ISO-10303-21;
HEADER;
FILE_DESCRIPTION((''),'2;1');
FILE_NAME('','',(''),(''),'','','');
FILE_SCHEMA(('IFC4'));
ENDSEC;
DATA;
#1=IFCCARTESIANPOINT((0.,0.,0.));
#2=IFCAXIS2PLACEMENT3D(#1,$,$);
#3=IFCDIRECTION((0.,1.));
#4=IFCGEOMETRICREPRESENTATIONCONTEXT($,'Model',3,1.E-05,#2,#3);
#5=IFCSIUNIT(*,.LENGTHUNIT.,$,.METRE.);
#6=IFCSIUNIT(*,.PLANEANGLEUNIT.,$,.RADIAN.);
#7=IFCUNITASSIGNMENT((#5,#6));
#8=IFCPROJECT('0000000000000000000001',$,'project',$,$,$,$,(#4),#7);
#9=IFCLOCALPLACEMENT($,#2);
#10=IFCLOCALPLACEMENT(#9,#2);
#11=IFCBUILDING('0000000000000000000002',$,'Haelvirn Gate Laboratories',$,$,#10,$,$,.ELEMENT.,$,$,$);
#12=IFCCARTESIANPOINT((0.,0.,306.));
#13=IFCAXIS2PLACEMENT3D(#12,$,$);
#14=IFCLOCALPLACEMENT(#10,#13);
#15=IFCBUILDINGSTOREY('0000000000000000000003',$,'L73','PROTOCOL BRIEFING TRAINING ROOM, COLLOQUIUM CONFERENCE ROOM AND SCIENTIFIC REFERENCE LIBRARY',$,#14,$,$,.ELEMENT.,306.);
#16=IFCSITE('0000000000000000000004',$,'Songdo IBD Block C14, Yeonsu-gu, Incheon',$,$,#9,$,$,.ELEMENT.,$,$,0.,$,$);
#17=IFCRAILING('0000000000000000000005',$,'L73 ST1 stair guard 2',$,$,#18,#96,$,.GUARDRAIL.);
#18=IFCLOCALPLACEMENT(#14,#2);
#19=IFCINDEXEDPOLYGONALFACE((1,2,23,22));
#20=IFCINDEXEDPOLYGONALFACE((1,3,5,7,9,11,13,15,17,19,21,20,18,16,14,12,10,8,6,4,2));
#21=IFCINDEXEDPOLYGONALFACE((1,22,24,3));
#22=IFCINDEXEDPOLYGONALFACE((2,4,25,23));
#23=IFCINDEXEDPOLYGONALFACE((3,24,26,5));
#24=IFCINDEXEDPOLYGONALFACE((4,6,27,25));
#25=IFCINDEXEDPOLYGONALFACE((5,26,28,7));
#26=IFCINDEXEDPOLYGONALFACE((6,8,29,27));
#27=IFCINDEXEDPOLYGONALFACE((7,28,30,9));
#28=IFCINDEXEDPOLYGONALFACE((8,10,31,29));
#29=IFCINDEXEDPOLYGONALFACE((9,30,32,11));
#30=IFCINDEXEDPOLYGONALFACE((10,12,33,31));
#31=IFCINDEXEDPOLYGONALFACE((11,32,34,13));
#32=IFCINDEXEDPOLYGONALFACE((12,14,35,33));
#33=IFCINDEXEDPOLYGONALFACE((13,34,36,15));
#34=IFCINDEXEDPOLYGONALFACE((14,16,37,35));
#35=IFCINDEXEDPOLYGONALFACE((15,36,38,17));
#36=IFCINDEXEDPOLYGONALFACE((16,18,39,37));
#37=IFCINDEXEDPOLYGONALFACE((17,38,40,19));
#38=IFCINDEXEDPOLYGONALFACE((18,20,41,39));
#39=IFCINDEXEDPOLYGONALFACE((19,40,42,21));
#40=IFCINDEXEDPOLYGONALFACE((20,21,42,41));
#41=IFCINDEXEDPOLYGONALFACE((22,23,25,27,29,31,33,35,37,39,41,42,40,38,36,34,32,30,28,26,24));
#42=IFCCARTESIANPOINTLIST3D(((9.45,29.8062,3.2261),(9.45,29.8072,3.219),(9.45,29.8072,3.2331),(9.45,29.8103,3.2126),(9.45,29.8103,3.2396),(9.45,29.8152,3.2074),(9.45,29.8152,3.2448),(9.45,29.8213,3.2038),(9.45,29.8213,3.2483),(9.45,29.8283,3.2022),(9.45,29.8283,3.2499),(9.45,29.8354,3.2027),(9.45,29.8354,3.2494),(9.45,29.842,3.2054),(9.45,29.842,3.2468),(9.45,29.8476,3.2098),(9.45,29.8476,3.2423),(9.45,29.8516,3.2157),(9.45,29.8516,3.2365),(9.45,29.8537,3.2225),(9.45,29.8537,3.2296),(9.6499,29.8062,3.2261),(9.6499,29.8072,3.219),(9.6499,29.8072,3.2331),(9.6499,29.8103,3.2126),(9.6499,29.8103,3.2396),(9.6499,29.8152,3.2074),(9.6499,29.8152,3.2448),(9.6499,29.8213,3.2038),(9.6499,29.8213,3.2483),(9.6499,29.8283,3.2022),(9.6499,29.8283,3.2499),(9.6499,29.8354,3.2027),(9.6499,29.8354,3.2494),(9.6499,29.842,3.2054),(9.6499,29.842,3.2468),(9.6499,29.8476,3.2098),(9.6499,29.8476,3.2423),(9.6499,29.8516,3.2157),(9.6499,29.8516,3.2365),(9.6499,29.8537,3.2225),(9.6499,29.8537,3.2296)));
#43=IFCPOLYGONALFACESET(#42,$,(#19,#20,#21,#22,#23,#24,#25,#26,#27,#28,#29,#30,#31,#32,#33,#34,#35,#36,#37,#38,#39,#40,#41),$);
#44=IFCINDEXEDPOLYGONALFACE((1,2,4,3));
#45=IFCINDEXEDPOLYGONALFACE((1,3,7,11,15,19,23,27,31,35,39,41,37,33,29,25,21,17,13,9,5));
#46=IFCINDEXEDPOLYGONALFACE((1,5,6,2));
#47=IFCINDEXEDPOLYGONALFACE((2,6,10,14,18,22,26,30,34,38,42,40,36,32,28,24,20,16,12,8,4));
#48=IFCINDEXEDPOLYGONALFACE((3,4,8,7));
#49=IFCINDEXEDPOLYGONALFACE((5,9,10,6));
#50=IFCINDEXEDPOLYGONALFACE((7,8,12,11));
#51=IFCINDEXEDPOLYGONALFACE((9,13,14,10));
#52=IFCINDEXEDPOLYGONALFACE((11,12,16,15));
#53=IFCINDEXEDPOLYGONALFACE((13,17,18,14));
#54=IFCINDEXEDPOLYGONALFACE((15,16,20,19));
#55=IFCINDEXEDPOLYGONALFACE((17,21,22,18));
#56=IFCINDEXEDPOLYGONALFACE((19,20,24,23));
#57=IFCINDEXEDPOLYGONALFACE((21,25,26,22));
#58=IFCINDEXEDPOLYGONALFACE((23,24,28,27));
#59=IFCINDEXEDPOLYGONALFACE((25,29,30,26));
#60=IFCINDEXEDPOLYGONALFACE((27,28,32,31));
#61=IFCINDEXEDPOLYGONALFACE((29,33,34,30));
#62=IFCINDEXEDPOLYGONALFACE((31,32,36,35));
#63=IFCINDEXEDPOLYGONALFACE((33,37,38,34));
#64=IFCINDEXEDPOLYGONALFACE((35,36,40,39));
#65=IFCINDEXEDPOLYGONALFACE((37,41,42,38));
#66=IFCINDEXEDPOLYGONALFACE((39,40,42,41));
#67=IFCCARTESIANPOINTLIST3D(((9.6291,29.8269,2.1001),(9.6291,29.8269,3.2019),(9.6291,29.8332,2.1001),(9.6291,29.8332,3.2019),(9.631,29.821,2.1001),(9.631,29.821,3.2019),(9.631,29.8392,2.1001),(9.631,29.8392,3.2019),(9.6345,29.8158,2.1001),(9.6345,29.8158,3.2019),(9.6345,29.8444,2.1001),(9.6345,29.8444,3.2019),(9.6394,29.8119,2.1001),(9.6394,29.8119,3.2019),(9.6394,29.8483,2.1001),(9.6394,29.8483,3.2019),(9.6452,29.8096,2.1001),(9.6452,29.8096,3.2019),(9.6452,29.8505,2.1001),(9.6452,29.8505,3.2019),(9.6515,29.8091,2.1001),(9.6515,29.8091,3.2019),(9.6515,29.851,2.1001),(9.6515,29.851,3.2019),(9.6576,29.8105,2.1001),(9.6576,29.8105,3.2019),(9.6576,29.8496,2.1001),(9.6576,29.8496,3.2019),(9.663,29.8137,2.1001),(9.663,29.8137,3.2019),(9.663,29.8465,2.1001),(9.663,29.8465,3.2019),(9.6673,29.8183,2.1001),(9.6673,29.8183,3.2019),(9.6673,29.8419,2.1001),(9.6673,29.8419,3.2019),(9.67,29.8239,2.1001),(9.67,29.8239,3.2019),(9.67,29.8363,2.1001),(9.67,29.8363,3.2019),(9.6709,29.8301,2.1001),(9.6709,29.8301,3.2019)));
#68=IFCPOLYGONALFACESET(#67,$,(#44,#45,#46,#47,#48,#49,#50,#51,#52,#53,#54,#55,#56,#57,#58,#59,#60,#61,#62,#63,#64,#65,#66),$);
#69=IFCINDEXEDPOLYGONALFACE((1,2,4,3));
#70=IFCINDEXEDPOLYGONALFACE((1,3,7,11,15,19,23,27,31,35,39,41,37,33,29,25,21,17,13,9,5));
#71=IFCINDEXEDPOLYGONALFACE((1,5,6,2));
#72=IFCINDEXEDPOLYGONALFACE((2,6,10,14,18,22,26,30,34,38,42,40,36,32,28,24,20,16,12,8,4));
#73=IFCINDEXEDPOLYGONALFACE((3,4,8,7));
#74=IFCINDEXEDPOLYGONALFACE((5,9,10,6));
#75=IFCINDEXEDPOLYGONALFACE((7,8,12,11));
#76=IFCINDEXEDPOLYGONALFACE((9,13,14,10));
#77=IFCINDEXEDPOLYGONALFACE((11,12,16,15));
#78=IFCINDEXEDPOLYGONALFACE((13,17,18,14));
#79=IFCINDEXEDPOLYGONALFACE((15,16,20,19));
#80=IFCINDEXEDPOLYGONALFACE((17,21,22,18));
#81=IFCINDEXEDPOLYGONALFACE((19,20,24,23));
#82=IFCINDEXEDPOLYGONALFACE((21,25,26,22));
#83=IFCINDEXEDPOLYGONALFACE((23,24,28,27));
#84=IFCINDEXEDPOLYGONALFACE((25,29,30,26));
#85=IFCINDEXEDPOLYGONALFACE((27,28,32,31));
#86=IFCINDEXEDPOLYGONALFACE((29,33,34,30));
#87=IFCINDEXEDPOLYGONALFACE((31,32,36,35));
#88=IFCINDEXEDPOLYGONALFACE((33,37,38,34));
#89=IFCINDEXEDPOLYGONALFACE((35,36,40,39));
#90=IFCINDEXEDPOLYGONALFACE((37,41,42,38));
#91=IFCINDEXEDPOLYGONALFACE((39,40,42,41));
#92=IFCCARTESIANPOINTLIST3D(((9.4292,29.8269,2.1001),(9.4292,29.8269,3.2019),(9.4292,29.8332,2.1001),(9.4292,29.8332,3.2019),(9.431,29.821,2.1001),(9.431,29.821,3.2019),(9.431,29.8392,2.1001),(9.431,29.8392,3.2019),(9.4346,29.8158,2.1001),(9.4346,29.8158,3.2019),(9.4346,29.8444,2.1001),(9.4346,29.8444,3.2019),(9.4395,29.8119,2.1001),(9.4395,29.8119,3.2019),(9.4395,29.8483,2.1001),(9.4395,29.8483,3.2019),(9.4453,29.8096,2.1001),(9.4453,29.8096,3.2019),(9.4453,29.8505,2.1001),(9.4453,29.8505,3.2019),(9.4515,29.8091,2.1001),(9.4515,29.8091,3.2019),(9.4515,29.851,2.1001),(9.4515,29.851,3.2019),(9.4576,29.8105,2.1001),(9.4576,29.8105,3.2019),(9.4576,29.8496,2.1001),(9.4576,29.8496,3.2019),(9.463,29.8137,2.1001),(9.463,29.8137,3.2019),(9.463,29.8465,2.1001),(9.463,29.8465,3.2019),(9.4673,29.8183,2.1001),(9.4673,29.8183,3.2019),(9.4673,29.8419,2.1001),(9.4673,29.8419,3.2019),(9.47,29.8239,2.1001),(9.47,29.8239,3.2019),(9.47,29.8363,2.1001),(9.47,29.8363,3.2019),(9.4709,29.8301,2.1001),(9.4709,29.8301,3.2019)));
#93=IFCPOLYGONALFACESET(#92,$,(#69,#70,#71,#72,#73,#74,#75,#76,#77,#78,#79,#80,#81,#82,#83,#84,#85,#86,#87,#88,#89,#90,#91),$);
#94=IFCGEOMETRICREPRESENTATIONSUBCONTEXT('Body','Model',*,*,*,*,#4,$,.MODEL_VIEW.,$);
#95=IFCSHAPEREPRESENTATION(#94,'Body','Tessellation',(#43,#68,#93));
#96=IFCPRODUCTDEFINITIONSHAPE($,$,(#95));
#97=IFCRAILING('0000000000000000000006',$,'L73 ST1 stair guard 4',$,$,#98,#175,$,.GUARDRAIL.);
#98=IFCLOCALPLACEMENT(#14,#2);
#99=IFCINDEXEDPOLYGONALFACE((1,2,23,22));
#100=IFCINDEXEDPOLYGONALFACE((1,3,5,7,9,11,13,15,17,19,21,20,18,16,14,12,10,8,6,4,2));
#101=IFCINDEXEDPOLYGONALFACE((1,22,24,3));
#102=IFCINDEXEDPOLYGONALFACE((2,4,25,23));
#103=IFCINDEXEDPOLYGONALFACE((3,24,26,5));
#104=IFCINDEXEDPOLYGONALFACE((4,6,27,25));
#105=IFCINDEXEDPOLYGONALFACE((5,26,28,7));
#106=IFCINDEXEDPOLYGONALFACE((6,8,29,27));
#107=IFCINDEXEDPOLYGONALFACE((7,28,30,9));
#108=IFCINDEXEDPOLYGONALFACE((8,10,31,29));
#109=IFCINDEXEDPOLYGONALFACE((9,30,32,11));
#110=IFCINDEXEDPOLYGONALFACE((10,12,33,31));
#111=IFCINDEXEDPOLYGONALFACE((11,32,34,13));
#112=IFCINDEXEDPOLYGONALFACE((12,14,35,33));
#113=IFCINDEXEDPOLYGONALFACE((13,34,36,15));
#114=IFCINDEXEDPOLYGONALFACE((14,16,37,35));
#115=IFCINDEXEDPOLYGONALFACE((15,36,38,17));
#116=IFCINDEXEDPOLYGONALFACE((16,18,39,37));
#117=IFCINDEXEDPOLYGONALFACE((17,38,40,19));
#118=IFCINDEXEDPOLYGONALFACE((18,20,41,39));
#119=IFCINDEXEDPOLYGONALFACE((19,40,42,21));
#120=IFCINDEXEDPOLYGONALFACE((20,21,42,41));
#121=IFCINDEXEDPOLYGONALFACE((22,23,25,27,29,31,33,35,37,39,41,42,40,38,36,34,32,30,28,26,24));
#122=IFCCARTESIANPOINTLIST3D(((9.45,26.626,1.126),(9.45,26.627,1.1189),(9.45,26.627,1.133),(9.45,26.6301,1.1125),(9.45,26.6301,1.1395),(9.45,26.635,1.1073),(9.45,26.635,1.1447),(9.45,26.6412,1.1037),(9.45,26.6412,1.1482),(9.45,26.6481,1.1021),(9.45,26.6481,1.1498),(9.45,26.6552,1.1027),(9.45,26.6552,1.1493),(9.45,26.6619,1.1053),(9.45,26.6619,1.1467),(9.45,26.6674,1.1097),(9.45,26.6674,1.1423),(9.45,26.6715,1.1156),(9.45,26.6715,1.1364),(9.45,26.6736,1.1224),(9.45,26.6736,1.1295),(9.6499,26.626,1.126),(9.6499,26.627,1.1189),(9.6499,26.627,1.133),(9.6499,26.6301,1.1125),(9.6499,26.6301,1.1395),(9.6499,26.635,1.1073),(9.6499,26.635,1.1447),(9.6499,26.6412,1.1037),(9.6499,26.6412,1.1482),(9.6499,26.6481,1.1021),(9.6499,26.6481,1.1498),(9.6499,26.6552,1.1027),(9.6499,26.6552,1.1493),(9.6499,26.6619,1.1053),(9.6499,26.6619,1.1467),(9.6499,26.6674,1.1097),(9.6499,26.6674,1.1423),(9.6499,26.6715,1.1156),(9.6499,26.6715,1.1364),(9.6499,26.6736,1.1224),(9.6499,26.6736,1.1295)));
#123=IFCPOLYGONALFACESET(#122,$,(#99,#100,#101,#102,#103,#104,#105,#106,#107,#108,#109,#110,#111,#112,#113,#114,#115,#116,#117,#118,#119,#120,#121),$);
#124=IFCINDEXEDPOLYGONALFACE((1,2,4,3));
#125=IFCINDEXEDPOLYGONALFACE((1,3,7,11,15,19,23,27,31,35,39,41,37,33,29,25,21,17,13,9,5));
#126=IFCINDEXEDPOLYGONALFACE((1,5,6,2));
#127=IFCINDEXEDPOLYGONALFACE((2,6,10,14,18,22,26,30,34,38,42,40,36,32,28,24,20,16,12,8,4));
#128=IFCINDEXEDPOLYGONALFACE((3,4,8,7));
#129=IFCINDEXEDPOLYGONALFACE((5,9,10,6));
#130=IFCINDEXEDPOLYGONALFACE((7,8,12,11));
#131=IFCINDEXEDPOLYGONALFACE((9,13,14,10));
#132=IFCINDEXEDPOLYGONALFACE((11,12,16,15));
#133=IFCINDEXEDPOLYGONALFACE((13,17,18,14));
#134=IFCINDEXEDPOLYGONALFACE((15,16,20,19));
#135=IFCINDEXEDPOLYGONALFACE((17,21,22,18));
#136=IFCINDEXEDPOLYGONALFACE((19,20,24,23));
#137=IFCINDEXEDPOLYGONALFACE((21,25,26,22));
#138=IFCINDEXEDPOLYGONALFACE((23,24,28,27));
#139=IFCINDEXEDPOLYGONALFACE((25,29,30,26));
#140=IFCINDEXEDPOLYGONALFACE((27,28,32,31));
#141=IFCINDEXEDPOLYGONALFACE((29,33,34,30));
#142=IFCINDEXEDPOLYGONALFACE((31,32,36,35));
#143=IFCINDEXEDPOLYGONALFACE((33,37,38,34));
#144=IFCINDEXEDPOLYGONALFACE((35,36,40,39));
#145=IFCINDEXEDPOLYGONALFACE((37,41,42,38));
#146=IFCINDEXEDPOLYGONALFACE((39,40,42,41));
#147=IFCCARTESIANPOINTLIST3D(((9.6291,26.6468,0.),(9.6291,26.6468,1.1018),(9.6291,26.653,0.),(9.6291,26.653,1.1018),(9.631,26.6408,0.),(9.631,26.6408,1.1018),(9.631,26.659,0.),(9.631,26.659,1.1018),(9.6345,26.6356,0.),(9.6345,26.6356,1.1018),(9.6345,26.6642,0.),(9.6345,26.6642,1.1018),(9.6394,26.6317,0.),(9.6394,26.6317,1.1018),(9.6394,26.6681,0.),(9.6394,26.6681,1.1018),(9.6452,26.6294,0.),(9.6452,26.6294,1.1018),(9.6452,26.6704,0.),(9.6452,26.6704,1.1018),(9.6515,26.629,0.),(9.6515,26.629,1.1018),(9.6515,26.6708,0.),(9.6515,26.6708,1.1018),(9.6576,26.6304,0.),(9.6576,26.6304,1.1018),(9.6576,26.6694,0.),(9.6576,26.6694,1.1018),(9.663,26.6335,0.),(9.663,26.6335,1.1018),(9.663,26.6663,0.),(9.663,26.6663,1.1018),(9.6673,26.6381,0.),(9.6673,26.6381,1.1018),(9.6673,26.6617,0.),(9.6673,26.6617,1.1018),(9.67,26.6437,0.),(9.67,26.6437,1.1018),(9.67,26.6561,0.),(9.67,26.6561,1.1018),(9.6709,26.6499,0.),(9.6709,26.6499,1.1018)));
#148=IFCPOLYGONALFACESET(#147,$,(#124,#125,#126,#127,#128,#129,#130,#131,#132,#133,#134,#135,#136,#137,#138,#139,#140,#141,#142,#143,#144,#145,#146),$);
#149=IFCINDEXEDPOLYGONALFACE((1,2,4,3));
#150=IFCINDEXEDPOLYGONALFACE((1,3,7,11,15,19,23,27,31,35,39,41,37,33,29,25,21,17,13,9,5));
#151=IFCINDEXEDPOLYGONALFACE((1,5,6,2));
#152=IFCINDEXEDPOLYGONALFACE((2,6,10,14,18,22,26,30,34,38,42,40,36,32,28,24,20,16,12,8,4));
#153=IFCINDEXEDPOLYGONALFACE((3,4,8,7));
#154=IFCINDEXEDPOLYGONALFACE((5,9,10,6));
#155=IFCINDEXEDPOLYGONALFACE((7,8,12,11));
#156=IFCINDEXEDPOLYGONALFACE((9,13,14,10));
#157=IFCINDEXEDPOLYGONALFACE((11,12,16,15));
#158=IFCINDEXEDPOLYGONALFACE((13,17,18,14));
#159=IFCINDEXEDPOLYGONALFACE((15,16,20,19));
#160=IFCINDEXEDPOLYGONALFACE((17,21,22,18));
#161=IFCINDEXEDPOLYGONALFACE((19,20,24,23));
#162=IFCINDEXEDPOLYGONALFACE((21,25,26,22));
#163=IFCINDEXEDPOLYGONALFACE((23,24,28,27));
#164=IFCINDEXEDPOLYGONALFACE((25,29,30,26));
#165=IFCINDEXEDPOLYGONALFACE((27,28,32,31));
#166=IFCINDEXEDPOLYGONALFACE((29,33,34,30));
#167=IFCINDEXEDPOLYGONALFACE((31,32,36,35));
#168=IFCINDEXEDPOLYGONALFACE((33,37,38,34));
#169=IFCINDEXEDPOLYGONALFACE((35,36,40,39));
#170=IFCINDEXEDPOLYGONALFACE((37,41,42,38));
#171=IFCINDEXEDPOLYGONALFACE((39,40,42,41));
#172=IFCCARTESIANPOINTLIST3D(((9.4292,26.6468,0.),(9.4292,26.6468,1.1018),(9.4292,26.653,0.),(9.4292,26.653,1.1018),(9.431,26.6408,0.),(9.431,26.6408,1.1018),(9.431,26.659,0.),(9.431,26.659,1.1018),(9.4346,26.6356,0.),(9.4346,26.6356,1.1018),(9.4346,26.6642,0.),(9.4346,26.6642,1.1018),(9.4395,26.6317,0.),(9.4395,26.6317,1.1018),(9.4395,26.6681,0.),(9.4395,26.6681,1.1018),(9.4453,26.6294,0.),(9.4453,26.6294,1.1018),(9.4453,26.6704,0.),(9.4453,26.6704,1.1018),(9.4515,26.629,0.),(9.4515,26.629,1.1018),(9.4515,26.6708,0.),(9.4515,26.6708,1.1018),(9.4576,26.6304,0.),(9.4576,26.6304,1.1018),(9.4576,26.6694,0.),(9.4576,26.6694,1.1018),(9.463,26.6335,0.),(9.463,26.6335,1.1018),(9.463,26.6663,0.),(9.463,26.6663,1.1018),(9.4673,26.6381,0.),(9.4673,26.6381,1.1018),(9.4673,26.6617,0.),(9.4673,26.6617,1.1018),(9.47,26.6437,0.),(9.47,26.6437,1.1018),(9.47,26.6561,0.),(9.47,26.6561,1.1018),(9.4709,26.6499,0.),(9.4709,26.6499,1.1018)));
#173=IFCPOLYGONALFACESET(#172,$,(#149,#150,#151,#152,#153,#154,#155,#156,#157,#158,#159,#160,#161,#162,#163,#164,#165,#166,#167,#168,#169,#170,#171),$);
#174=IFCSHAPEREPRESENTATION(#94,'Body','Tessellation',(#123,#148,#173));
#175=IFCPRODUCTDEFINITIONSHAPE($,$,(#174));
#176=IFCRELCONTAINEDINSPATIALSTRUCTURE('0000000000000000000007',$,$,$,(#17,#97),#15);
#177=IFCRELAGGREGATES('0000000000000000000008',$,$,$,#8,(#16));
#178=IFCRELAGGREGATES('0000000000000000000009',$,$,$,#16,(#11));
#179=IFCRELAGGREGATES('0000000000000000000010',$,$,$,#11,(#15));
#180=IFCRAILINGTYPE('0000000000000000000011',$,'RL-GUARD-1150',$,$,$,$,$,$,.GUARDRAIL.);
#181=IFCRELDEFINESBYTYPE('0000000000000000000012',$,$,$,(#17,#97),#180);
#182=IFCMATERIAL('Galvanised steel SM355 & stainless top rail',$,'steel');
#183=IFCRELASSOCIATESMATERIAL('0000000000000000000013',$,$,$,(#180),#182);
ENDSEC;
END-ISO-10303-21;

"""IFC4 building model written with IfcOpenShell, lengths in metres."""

from ifc_helpers import new_model, si_unit, direction, frame, origin, origin_2d, place, context, subcontext, project, spatial, circle, extrude, source, transform, mapped, material, type_object, element, save


model = new_model("IFC4")

# Units and contexts
model_context = context("Model", 3, precision=1e-05, world=origin(), true_north=direction((0.0, 1.0)))
body_context = subcontext(model_context, "Body", "Model", "MODEL_VIEW")
ifc_project = project(units=[si_unit("LENGTHUNIT", "METRE"), si_unit("PLANEANGLEUNIT", "RADIAN")], contexts=[model_context])

# Site, building, storey
site_placement = place(None, origin())
site = spatial("IfcSite", under=ifc_project, at=site_placement, Name="Songdo IBD Block C14, Yeonsu-gu, Incheon", CompositionType="ELEMENT", RefElevation=0.0)
building_placement = place(site_placement, origin())
building = spatial("IfcBuilding", under=site, at=building_placement, Name="Haelvirn Gate Laboratories", CompositionType="ELEMENT")
storey_placement = place(building_placement, frame((0.0, 0.0, 306.0)))
storey = spatial("IfcBuildingStorey", under=building, at=storey_placement, Name="L73", Description="PROTOCOL BRIEFING TRAINING ROOM, COLLOQUIUM CONFERENCE ROOM AND SCIENTIFIC REFERENCE LIBRARY", CompositionType="ELEMENT", Elevation=306.0)

# Railings
ifc_material_1 = material(Name="Galvanised steel SM355 & stainless top rail", Category="steel")
railing_type_1 = type_object("IfcRailingType", Name="RL-GUARD-1150", PredefinedType="GUARDRAIL", material=ifc_material_1)
shared_shape_1 = source(origin(), body_context, "Body", "SweptSolid", [
    extrude(circle(Radius=0.0239, at=origin_2d()), frame((0.0, 0.0, 1.126), z_axis=(-1.0, 0.0, 0.0), x_axis=(0.0, -1.0, 0.0)), (0.0, 0.0, 1.0), 0.2),
    extrude(circle(Radius=0.021, at=origin_2d()), origin(), (0.0, 0.0, 1.0), 1.1018),
    extrude(circle(Radius=0.021, at=origin_2d()), frame((-0.2, 0.0, 0.0)), (0.0, 0.0, 1.0), 1.1018),
])
for number, where, name in (
    (1, (9.6499, 29.8301, 2.1001), "L73 ST1 stair guard 2"),
    (2, (9.6499, 26.6499, 0.0), "L73 ST1 stair guard 4"),
):
    element("IfcRailing", number, at=place(storey_placement, frame(where)), inside=storey, type_object=railing_type_1, Name=name, PredefinedType="GUARDRAIL", context=body_context, shape_type="MappedRepresentation", body=[
        mapped(shared_shape_1, transform((0.0, 0.0, 0.0), scale=1.0)),
    ])

save(model, "model.ifc")
